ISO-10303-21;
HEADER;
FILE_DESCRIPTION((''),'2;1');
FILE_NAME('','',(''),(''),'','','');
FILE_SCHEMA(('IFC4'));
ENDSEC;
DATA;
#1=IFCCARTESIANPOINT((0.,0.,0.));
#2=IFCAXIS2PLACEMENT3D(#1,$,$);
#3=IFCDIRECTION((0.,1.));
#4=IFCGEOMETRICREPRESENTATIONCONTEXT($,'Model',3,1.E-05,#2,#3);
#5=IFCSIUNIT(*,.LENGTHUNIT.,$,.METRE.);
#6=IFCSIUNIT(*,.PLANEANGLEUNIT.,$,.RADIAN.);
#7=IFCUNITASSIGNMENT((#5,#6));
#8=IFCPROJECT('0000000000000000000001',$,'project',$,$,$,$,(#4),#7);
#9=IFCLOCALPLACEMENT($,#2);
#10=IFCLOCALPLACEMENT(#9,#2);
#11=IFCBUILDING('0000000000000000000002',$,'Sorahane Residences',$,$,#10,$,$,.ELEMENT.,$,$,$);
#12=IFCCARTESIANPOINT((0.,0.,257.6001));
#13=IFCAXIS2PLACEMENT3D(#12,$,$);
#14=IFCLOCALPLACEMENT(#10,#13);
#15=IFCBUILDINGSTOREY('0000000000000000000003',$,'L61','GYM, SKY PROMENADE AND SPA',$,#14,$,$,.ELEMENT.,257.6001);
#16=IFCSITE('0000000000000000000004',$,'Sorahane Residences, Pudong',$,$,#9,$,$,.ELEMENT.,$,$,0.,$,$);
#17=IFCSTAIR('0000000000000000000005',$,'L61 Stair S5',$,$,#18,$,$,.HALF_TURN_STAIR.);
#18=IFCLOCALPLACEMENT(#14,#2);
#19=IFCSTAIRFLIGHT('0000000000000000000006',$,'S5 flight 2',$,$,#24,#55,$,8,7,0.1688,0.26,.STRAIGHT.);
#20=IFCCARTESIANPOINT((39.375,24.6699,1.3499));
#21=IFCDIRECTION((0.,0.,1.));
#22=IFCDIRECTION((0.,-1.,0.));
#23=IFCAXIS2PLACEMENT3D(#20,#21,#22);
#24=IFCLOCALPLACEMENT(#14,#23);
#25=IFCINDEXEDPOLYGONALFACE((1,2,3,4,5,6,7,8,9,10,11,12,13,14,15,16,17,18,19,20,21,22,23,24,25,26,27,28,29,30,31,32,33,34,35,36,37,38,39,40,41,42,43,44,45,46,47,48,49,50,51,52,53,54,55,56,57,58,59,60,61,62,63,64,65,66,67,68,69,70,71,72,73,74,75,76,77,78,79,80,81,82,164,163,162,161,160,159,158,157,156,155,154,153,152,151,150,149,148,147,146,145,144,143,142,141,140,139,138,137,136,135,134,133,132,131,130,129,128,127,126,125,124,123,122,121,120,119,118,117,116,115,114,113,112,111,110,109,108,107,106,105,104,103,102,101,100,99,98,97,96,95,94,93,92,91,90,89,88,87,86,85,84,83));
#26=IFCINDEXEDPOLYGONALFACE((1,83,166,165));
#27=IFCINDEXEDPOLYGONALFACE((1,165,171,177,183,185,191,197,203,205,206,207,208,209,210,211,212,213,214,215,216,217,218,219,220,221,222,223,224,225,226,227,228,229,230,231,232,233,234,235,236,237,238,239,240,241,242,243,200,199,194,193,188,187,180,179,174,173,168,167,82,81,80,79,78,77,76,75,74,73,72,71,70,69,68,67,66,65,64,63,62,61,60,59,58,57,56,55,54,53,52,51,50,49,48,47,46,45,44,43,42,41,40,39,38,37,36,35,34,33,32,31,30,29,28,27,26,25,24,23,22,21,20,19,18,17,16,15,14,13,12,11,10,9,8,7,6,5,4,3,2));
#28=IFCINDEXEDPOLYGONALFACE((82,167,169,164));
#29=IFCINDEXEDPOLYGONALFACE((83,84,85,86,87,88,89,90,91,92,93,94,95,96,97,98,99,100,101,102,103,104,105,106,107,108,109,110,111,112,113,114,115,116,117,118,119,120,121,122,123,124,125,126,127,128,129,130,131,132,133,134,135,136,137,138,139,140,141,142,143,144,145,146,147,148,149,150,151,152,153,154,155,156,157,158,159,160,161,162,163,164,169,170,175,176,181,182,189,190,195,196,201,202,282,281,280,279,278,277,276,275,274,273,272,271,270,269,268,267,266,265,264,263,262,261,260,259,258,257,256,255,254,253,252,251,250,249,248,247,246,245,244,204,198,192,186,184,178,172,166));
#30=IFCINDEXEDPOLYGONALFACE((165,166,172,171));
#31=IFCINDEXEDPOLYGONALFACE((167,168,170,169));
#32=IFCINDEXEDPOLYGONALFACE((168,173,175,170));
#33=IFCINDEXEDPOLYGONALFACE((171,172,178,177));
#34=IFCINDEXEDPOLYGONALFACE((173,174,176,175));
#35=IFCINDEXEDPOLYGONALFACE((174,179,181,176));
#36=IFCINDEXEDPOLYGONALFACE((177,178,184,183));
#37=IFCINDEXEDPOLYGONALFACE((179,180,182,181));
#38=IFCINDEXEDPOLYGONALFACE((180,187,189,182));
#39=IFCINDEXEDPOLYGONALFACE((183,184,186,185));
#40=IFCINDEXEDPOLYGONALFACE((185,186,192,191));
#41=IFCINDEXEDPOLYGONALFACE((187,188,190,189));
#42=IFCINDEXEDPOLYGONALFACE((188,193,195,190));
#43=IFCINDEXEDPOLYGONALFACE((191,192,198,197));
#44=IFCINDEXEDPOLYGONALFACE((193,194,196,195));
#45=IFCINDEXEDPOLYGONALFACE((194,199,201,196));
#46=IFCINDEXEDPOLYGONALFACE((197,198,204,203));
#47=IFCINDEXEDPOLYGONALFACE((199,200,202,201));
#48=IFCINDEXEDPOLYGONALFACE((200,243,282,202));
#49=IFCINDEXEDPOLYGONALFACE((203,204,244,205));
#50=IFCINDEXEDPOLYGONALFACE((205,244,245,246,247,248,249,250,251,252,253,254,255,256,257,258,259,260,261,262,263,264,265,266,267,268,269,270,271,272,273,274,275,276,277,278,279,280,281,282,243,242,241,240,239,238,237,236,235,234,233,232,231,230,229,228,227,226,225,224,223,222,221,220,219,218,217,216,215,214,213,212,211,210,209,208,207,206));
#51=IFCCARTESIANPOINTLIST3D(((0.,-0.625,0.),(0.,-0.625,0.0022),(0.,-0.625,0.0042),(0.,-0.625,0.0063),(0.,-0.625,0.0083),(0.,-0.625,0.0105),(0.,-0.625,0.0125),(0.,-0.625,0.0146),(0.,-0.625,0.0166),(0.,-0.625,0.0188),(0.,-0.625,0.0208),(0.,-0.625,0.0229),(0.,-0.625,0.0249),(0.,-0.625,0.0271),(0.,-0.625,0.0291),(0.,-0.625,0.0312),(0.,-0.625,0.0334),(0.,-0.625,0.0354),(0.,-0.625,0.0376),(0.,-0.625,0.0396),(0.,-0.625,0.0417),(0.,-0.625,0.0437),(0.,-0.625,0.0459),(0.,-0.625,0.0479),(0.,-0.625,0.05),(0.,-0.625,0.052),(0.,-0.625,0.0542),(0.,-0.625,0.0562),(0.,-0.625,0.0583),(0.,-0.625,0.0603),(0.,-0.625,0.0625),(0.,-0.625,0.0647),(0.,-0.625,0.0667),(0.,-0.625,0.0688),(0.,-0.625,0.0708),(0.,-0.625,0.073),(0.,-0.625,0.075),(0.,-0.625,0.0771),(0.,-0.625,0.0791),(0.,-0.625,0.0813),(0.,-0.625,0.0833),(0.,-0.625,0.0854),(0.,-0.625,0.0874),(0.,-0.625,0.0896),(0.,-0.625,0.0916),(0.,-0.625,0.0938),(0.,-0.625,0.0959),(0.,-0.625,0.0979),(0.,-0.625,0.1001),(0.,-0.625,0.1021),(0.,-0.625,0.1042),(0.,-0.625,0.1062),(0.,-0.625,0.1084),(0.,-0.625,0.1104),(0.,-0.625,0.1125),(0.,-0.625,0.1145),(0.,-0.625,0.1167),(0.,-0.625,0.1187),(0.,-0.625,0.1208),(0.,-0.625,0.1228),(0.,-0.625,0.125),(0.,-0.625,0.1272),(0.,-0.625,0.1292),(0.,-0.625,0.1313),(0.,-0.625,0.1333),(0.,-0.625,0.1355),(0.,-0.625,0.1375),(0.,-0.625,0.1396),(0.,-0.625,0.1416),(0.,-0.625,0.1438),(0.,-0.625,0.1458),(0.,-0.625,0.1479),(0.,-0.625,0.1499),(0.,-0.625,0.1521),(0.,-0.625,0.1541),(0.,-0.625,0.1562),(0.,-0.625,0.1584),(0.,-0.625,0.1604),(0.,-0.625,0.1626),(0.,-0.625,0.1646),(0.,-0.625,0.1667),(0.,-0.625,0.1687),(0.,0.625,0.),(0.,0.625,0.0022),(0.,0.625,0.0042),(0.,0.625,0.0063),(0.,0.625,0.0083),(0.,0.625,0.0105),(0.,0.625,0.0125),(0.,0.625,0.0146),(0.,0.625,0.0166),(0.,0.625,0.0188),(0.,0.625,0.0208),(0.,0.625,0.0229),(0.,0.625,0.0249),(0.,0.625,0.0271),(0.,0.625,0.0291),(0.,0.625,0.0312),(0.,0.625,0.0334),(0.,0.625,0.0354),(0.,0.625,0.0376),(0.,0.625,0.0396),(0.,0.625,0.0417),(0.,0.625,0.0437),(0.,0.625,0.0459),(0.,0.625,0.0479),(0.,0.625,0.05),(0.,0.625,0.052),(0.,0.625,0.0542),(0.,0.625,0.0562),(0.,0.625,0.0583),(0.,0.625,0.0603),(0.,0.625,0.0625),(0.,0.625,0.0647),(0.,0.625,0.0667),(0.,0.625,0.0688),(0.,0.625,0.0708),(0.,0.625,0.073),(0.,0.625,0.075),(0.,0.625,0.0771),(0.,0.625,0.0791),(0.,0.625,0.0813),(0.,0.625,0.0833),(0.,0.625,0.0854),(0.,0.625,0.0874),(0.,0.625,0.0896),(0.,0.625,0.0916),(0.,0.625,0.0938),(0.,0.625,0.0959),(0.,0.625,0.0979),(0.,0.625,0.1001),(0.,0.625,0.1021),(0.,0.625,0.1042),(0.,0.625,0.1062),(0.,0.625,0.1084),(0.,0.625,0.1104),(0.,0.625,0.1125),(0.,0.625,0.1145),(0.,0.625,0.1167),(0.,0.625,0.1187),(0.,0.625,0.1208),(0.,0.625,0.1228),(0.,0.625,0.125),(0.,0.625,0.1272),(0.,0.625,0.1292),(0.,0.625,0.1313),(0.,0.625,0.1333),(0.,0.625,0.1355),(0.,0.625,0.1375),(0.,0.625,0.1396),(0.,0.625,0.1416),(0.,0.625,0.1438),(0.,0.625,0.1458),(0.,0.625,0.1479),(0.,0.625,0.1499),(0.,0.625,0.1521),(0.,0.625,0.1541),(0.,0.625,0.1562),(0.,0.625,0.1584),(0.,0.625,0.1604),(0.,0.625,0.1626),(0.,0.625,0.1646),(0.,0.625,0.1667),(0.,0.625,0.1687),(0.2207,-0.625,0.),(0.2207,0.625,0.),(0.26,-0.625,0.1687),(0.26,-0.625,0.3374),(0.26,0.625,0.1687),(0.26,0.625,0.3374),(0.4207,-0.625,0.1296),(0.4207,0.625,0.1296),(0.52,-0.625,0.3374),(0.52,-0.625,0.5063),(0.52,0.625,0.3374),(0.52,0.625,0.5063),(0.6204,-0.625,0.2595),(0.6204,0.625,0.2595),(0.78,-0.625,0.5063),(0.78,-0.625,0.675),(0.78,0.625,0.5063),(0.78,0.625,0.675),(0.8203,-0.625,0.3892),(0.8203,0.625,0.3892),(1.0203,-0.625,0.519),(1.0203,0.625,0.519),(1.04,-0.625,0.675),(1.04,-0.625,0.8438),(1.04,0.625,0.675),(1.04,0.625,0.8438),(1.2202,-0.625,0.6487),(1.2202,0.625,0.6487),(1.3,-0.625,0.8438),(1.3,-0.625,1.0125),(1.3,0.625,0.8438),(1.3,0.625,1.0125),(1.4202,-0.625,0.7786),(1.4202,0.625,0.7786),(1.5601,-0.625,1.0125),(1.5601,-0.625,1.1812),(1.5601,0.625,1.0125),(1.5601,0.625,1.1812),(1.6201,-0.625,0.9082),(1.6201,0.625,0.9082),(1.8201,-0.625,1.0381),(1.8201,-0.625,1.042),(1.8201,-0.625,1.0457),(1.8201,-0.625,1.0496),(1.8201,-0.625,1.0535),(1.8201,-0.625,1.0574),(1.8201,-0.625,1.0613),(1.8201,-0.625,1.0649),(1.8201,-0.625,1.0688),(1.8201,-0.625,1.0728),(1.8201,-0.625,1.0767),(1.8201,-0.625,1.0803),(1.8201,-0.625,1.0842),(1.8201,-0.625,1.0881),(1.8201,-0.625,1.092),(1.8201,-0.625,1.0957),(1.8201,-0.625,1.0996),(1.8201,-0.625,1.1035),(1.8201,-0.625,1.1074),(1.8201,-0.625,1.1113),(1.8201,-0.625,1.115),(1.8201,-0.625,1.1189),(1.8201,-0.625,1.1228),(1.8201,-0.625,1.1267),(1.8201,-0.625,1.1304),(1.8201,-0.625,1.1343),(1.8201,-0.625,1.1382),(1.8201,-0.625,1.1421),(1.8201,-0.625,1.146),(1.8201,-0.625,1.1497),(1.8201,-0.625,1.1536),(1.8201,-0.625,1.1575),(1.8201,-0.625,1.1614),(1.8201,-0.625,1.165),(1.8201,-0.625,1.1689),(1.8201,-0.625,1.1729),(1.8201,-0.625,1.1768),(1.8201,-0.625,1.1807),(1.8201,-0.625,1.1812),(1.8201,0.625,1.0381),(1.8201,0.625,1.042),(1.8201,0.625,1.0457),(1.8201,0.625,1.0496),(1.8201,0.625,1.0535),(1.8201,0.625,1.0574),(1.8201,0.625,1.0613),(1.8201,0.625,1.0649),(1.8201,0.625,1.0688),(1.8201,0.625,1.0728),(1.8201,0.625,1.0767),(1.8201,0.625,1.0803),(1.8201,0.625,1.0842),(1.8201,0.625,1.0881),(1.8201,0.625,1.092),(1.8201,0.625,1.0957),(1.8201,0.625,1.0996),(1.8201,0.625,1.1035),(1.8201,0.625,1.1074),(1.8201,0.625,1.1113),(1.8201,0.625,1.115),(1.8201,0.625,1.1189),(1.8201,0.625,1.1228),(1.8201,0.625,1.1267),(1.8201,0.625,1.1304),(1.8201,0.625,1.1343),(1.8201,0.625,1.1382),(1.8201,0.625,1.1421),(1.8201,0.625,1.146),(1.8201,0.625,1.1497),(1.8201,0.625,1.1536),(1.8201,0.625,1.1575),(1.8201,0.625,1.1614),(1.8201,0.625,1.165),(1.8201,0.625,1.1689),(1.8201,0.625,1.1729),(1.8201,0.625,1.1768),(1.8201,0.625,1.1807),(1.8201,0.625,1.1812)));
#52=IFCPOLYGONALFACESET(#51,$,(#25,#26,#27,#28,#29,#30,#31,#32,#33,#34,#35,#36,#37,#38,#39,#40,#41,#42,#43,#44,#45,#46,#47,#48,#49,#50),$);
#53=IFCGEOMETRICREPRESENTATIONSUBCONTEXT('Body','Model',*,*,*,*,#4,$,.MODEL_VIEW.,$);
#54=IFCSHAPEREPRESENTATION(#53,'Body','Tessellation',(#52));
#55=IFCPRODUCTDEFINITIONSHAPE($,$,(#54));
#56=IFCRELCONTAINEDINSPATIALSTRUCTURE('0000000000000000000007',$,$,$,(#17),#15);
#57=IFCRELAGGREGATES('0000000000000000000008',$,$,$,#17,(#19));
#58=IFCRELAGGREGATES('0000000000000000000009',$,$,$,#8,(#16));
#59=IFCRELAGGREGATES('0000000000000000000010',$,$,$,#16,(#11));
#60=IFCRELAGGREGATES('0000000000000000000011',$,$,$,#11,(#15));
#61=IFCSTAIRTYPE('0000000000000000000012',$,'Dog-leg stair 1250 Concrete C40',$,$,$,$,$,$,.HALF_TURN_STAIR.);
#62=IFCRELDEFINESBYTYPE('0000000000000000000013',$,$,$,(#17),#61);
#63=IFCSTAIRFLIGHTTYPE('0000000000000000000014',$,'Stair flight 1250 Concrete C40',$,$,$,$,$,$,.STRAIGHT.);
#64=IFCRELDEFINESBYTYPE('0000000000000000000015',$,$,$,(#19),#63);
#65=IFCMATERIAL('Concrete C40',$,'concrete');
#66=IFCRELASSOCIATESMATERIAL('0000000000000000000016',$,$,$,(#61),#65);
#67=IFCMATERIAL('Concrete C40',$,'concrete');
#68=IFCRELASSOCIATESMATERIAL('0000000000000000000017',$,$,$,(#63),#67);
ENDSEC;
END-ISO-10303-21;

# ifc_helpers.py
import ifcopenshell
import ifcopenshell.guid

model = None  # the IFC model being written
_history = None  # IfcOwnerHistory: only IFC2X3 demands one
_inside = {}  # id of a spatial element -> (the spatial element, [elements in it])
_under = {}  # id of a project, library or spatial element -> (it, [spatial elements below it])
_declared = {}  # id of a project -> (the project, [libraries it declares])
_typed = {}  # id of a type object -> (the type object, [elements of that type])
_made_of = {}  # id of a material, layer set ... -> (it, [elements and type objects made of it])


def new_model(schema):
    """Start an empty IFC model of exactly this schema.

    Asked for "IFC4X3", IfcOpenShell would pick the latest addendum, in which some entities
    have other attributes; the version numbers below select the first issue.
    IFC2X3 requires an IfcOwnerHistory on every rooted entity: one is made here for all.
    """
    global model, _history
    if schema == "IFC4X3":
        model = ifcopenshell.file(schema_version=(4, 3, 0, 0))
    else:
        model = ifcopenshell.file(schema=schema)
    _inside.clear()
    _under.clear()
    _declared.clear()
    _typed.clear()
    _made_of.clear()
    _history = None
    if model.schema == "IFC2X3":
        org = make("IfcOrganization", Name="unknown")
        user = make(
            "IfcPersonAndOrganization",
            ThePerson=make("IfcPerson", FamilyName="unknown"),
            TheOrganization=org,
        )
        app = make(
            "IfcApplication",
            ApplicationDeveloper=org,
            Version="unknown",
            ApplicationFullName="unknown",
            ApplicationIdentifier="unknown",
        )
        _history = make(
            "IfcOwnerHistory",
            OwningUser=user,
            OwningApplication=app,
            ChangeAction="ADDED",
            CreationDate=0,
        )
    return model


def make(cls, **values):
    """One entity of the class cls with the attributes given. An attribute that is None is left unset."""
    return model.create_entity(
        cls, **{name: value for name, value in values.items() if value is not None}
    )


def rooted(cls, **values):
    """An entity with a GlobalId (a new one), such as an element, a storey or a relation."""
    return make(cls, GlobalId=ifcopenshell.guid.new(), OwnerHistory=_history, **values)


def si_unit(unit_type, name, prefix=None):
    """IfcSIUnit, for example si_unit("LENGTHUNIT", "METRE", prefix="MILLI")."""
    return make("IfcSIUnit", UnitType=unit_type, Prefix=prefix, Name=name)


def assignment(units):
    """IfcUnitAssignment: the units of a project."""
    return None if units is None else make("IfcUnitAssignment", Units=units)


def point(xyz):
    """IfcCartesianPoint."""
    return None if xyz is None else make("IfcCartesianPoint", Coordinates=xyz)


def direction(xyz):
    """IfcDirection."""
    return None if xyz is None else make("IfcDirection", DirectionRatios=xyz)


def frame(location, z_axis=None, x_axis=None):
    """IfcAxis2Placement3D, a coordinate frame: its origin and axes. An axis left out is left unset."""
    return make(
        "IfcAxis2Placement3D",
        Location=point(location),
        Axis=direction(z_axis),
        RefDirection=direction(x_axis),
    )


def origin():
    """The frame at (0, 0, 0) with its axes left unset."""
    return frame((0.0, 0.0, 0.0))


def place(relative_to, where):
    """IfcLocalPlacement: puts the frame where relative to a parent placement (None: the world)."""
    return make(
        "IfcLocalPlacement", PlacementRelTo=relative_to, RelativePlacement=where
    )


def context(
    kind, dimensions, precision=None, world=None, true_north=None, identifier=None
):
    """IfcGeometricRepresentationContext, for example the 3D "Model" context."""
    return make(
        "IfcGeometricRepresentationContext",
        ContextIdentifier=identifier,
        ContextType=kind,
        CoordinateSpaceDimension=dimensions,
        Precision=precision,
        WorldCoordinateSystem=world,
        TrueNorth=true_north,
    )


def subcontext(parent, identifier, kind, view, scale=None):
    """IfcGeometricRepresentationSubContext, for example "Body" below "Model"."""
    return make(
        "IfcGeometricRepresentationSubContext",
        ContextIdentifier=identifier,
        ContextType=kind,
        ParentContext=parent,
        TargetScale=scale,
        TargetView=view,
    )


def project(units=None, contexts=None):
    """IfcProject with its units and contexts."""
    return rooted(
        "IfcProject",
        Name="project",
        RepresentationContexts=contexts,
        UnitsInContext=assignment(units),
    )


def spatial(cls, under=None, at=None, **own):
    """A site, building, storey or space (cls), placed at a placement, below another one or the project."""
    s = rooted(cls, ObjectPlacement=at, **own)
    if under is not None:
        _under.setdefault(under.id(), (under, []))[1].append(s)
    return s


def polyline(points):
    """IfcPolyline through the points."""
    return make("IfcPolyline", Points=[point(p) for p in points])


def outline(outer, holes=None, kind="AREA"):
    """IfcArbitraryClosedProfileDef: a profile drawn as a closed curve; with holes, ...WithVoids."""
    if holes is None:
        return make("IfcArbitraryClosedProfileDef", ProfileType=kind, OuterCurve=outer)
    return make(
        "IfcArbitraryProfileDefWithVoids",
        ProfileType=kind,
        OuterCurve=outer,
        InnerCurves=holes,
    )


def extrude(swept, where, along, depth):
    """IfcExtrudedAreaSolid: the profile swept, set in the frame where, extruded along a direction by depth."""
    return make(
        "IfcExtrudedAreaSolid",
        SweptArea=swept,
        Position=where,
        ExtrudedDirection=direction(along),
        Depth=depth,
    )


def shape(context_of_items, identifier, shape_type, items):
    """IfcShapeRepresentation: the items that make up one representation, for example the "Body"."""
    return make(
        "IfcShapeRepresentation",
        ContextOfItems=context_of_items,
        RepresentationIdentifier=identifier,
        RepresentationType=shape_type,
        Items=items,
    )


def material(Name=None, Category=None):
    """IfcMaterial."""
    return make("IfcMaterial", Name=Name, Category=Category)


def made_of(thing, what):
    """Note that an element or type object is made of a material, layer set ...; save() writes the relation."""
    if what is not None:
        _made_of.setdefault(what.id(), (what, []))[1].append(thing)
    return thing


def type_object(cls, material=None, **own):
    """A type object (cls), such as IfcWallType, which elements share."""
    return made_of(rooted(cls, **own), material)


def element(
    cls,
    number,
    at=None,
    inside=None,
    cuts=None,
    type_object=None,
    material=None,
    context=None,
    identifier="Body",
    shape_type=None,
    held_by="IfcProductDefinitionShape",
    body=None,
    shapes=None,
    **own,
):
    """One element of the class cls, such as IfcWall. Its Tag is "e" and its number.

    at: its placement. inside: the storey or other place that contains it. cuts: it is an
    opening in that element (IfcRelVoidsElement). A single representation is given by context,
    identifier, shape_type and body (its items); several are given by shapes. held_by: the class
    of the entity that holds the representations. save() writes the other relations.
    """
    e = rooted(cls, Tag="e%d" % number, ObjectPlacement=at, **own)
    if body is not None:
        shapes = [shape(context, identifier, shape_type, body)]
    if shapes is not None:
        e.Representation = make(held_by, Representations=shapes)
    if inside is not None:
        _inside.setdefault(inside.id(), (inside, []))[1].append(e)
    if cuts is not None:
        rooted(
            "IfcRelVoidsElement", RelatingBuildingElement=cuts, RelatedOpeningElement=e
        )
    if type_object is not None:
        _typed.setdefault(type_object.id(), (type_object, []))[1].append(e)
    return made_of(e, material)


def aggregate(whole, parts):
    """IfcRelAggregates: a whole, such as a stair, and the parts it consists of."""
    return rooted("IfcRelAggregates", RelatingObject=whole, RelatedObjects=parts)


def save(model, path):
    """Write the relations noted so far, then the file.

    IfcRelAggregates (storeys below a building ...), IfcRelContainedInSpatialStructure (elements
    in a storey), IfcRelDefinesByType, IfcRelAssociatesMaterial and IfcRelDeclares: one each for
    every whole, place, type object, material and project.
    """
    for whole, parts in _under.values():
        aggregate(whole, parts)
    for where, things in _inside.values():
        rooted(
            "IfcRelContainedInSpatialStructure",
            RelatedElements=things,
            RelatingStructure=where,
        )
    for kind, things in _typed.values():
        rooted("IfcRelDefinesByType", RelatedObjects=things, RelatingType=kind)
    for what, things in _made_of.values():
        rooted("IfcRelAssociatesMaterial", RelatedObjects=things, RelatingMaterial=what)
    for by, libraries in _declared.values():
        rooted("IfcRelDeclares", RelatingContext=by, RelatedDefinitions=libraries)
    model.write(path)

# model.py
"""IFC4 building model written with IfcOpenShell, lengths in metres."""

from ifc_helpers import new_model, si_unit, direction, frame, origin, place, context, subcontext, project, spatial, polyline, outline, extrude, material, type_object, element, aggregate, save


model = new_model("IFC4")

# Units and contexts
model_context = context("Model", 3, precision=1e-05, world=origin(), true_north=direction((0.0, 1.0)))
body_context = subcontext(model_context, "Body", "Model", "MODEL_VIEW")
ifc_project = project(units=[si_unit("LENGTHUNIT", "METRE"), si_unit("PLANEANGLEUNIT", "RADIAN")], contexts=[model_context])

# Site, building, storey
site_placement = place(None, origin())
site = spatial("IfcSite", under=ifc_project, at=site_placement, Name="Sorahane Residences, Pudong", CompositionType="ELEMENT", RefElevation=0.0)
building_placement = place(site_placement, origin())
building = spatial("IfcBuilding", under=site, at=building_placement, Name="Sorahane Residences", CompositionType="ELEMENT")
storey_placement = place(building_placement, frame((0.0, 0.0, 257.6001)))
storey = spatial("IfcBuildingStorey", under=building, at=storey_placement, Name="L61", Description="GYM, SKY PROMENADE AND SPA", CompositionType="ELEMENT", Elevation=257.6001)

# Stair, stair flight
ifc_material_1 = material(Name="Concrete C40", Category="concrete")
stair_type = type_object("IfcStairType", Name="Dog-leg stair 1250 Concrete C40", PredefinedType="HALF_TURN_STAIR", material=ifc_material_1)
stair_placement = place(storey_placement, origin())
stair = element("IfcStair", 1, at=stair_placement, inside=storey, type_object=stair_type, Name="L61 Stair S5", PredefinedType="HALF_TURN_STAIR")
ifc_material_2 = material(Name="Concrete C40", Category="concrete")
stair_flight_type = type_object("IfcStairFlightType", Name="Stair flight 1250 Concrete C40", PredefinedType="STRAIGHT", material=ifc_material_2)
stair_flight_1_placement = place(storey_placement, frame((39.375, 24.6699, 1.3499), z_axis=(0.0, 0.0, 1.0), x_axis=(0.0, -1.0, 0.0)))
stair_flight_1 = element("IfcStairFlight", 2, at=stair_flight_1_placement, type_object=stair_flight_type, Name="S5 flight 2", NumberOfRisers=8, NumberOfTreads=7, PredefinedType="STRAIGHT", RiserHeight=0.1688, TreadLength=0.26, context=body_context, shape_type="SweptSolid", body=[
    extrude(outline(polyline([(0.0, 0.0), (0.0, 0.0022), (0.0, 0.0042), (0.0, 0.0063), (0.0, 0.0083), (0.0, 0.0105), (0.0, 0.0125), (0.0, 0.0146), (0.0, 0.0166), (0.0, 0.0188), (0.0, 0.0208), (0.0, 0.0229), (0.0, 0.0249), (0.0, 0.0271), (0.0, 0.0291), (0.0, 0.0312), (0.0, 0.0334), (0.0, 0.0354), (0.0, 0.0376), (0.0, 0.0396), (0.0, 0.0417), (0.0, 0.0437), (0.0, 0.0459), (0.0, 0.0479), (0.0, 0.05), (0.0, 0.052), (0.0, 0.0542), (0.0, 0.0562), (0.0, 0.0583), (0.0, 0.0603), (0.0, 0.0625), (0.0, 0.0647), (0.0, 0.0667), (0.0, 0.0688), (0.0, 0.0708), (0.0, 0.073), (0.0, 0.075), (0.0, 0.0771), (0.0, 0.0791), (0.0, 0.0813), (0.0, 0.0833), (0.0, 0.0854), (0.0, 0.0874), (0.0, 0.0896), (0.0, 0.0916), (0.0, 0.0938), (0.0, 0.0959), (0.0, 0.0979), (0.0, 0.1001), (0.0, 0.1021), (0.0, 0.1042), (0.0, 0.1062), (0.0, 0.1084), (0.0, 0.1104), (0.0, 0.1125), (0.0, 0.1145), (0.0, 0.1167), (0.0, 0.1187), (0.0, 0.1208), (0.0, 0.1228), (0.0, 0.125), (0.0, 0.1272), (0.0, 0.1292), (0.0, 0.1313), (0.0, 0.1333), (0.0, 0.1355), (0.0, 0.1375), (0.0, 0.1396), (0.0, 0.1416), (0.0, 0.1438), (0.0, 0.1458), (0.0, 0.1479), (0.0, 0.1499), (0.0, 0.1521), (0.0, 0.1541), (0.0, 0.1562), (0.0, 0.1584), (0.0, 0.1604), (0.0, 0.1626), (0.0, 0.1646), (0.0, 0.1667), (0.0, 0.1687), (0.26, 0.1687), (0.26, 0.3374), (0.52, 0.3374), (0.52, 0.5063), (0.78, 0.5063), (0.78, 0.675), (1.04, 0.675), (1.04, 0.8438), (1.3, 0.8438), (1.3, 1.0125), (1.5601, 1.0125), (1.5601, 1.1812), (1.8201, 1.1812), (1.8201, 1.3501), (1.8201, 1.3462), (1.8201, 1.3423), (1.8201, 1.3384), (1.8201, 1.3347), (1.8201, 1.3308), (1.8201, 1.3269), (1.8201, 1.323), (1.8201, 1.3191), (1.8201, 1.3154), (1.8201, 1.3115), (1.8201, 1.3076), (1.8201, 1.3037), (1.8201, 1.3), (1.8201, 1.2961), (1.8201, 1.2922), (1.8201, 1.2883), (1.8201, 1.2844), (1.8201, 1.2808), (1.8201, 1.2769), (1.8201, 1.2729), (1.8201, 1.269), (1.8201, 1.2654), (1.8201, 1.2615), (1.8201, 1.2576), (1.8201, 1.2537), (1.8201, 1.2498), (1.8201, 1.2461), (1.8201, 1.2422), (1.8201, 1.2383), (1.8201, 1.2344), (1.8201, 1.2307), (1.8201, 1.2268), (1.8201, 1.2229), (1.8201, 1.219), (1.8201, 1.2151), (1.8201, 1.2114), (1.8201, 1.2075), (1.8201, 1.2036), (1.8201, 1.1997), (1.8201, 1.196), (1.8201, 1.1921), (1.8201, 1.1882), (1.8201, 1.1843), (1.8201, 1.1807), (1.8201, 1.1768), (1.8201, 1.1729), (1.8201, 1.1689), (1.8201, 1.165), (1.8201, 1.1614), (1.8201, 1.1575), (1.8201, 1.1536), (1.8201, 1.1497), (1.8201, 1.146), (1.8201, 1.1421), (1.8201, 1.1382), (1.8201, 1.1343), (1.8201, 1.1304), (1.8201, 1.1267), (1.8201, 1.1228), (1.8201, 1.1189), (1.8201, 1.115), (1.8201, 1.1113), (1.8201, 1.1074), (1.8201, 1.1035), (1.8201, 1.0996), (1.8201, 1.0957), (1.8201, 1.092), (1.8201, 1.0881), (1.8201, 1.0842), (1.8201, 1.0803), (1.8201, 1.0767), (1.8201, 1.0728), (1.8201, 1.0688), (1.8201, 1.0649), (1.8201, 1.0613), (1.8201, 1.0574), (1.8201, 1.0535), (1.8201, 1.0496), (1.8201, 1.0457), (1.8201, 1.042), (1.8201, 1.0381), (1.6201, 0.9082), (1.4202, 0.7786), (1.2202, 0.6487), (1.0203, 0.519), (0.8203, 0.3892), (0.6204, 0.2595), (0.4207, 0.1296), (0.2207, 0.0), (0.0, 0.0)])), frame((0.0, 0.625, 0.0), z_axis=(0.0, -1.0, 0.0), x_axis=(1.0, 0.0, 0.0)), (0.0, 0.0, 1.0), 1.25),
])
aggregate(stair, [stair_flight_1])

save(model, "model.ifc")
